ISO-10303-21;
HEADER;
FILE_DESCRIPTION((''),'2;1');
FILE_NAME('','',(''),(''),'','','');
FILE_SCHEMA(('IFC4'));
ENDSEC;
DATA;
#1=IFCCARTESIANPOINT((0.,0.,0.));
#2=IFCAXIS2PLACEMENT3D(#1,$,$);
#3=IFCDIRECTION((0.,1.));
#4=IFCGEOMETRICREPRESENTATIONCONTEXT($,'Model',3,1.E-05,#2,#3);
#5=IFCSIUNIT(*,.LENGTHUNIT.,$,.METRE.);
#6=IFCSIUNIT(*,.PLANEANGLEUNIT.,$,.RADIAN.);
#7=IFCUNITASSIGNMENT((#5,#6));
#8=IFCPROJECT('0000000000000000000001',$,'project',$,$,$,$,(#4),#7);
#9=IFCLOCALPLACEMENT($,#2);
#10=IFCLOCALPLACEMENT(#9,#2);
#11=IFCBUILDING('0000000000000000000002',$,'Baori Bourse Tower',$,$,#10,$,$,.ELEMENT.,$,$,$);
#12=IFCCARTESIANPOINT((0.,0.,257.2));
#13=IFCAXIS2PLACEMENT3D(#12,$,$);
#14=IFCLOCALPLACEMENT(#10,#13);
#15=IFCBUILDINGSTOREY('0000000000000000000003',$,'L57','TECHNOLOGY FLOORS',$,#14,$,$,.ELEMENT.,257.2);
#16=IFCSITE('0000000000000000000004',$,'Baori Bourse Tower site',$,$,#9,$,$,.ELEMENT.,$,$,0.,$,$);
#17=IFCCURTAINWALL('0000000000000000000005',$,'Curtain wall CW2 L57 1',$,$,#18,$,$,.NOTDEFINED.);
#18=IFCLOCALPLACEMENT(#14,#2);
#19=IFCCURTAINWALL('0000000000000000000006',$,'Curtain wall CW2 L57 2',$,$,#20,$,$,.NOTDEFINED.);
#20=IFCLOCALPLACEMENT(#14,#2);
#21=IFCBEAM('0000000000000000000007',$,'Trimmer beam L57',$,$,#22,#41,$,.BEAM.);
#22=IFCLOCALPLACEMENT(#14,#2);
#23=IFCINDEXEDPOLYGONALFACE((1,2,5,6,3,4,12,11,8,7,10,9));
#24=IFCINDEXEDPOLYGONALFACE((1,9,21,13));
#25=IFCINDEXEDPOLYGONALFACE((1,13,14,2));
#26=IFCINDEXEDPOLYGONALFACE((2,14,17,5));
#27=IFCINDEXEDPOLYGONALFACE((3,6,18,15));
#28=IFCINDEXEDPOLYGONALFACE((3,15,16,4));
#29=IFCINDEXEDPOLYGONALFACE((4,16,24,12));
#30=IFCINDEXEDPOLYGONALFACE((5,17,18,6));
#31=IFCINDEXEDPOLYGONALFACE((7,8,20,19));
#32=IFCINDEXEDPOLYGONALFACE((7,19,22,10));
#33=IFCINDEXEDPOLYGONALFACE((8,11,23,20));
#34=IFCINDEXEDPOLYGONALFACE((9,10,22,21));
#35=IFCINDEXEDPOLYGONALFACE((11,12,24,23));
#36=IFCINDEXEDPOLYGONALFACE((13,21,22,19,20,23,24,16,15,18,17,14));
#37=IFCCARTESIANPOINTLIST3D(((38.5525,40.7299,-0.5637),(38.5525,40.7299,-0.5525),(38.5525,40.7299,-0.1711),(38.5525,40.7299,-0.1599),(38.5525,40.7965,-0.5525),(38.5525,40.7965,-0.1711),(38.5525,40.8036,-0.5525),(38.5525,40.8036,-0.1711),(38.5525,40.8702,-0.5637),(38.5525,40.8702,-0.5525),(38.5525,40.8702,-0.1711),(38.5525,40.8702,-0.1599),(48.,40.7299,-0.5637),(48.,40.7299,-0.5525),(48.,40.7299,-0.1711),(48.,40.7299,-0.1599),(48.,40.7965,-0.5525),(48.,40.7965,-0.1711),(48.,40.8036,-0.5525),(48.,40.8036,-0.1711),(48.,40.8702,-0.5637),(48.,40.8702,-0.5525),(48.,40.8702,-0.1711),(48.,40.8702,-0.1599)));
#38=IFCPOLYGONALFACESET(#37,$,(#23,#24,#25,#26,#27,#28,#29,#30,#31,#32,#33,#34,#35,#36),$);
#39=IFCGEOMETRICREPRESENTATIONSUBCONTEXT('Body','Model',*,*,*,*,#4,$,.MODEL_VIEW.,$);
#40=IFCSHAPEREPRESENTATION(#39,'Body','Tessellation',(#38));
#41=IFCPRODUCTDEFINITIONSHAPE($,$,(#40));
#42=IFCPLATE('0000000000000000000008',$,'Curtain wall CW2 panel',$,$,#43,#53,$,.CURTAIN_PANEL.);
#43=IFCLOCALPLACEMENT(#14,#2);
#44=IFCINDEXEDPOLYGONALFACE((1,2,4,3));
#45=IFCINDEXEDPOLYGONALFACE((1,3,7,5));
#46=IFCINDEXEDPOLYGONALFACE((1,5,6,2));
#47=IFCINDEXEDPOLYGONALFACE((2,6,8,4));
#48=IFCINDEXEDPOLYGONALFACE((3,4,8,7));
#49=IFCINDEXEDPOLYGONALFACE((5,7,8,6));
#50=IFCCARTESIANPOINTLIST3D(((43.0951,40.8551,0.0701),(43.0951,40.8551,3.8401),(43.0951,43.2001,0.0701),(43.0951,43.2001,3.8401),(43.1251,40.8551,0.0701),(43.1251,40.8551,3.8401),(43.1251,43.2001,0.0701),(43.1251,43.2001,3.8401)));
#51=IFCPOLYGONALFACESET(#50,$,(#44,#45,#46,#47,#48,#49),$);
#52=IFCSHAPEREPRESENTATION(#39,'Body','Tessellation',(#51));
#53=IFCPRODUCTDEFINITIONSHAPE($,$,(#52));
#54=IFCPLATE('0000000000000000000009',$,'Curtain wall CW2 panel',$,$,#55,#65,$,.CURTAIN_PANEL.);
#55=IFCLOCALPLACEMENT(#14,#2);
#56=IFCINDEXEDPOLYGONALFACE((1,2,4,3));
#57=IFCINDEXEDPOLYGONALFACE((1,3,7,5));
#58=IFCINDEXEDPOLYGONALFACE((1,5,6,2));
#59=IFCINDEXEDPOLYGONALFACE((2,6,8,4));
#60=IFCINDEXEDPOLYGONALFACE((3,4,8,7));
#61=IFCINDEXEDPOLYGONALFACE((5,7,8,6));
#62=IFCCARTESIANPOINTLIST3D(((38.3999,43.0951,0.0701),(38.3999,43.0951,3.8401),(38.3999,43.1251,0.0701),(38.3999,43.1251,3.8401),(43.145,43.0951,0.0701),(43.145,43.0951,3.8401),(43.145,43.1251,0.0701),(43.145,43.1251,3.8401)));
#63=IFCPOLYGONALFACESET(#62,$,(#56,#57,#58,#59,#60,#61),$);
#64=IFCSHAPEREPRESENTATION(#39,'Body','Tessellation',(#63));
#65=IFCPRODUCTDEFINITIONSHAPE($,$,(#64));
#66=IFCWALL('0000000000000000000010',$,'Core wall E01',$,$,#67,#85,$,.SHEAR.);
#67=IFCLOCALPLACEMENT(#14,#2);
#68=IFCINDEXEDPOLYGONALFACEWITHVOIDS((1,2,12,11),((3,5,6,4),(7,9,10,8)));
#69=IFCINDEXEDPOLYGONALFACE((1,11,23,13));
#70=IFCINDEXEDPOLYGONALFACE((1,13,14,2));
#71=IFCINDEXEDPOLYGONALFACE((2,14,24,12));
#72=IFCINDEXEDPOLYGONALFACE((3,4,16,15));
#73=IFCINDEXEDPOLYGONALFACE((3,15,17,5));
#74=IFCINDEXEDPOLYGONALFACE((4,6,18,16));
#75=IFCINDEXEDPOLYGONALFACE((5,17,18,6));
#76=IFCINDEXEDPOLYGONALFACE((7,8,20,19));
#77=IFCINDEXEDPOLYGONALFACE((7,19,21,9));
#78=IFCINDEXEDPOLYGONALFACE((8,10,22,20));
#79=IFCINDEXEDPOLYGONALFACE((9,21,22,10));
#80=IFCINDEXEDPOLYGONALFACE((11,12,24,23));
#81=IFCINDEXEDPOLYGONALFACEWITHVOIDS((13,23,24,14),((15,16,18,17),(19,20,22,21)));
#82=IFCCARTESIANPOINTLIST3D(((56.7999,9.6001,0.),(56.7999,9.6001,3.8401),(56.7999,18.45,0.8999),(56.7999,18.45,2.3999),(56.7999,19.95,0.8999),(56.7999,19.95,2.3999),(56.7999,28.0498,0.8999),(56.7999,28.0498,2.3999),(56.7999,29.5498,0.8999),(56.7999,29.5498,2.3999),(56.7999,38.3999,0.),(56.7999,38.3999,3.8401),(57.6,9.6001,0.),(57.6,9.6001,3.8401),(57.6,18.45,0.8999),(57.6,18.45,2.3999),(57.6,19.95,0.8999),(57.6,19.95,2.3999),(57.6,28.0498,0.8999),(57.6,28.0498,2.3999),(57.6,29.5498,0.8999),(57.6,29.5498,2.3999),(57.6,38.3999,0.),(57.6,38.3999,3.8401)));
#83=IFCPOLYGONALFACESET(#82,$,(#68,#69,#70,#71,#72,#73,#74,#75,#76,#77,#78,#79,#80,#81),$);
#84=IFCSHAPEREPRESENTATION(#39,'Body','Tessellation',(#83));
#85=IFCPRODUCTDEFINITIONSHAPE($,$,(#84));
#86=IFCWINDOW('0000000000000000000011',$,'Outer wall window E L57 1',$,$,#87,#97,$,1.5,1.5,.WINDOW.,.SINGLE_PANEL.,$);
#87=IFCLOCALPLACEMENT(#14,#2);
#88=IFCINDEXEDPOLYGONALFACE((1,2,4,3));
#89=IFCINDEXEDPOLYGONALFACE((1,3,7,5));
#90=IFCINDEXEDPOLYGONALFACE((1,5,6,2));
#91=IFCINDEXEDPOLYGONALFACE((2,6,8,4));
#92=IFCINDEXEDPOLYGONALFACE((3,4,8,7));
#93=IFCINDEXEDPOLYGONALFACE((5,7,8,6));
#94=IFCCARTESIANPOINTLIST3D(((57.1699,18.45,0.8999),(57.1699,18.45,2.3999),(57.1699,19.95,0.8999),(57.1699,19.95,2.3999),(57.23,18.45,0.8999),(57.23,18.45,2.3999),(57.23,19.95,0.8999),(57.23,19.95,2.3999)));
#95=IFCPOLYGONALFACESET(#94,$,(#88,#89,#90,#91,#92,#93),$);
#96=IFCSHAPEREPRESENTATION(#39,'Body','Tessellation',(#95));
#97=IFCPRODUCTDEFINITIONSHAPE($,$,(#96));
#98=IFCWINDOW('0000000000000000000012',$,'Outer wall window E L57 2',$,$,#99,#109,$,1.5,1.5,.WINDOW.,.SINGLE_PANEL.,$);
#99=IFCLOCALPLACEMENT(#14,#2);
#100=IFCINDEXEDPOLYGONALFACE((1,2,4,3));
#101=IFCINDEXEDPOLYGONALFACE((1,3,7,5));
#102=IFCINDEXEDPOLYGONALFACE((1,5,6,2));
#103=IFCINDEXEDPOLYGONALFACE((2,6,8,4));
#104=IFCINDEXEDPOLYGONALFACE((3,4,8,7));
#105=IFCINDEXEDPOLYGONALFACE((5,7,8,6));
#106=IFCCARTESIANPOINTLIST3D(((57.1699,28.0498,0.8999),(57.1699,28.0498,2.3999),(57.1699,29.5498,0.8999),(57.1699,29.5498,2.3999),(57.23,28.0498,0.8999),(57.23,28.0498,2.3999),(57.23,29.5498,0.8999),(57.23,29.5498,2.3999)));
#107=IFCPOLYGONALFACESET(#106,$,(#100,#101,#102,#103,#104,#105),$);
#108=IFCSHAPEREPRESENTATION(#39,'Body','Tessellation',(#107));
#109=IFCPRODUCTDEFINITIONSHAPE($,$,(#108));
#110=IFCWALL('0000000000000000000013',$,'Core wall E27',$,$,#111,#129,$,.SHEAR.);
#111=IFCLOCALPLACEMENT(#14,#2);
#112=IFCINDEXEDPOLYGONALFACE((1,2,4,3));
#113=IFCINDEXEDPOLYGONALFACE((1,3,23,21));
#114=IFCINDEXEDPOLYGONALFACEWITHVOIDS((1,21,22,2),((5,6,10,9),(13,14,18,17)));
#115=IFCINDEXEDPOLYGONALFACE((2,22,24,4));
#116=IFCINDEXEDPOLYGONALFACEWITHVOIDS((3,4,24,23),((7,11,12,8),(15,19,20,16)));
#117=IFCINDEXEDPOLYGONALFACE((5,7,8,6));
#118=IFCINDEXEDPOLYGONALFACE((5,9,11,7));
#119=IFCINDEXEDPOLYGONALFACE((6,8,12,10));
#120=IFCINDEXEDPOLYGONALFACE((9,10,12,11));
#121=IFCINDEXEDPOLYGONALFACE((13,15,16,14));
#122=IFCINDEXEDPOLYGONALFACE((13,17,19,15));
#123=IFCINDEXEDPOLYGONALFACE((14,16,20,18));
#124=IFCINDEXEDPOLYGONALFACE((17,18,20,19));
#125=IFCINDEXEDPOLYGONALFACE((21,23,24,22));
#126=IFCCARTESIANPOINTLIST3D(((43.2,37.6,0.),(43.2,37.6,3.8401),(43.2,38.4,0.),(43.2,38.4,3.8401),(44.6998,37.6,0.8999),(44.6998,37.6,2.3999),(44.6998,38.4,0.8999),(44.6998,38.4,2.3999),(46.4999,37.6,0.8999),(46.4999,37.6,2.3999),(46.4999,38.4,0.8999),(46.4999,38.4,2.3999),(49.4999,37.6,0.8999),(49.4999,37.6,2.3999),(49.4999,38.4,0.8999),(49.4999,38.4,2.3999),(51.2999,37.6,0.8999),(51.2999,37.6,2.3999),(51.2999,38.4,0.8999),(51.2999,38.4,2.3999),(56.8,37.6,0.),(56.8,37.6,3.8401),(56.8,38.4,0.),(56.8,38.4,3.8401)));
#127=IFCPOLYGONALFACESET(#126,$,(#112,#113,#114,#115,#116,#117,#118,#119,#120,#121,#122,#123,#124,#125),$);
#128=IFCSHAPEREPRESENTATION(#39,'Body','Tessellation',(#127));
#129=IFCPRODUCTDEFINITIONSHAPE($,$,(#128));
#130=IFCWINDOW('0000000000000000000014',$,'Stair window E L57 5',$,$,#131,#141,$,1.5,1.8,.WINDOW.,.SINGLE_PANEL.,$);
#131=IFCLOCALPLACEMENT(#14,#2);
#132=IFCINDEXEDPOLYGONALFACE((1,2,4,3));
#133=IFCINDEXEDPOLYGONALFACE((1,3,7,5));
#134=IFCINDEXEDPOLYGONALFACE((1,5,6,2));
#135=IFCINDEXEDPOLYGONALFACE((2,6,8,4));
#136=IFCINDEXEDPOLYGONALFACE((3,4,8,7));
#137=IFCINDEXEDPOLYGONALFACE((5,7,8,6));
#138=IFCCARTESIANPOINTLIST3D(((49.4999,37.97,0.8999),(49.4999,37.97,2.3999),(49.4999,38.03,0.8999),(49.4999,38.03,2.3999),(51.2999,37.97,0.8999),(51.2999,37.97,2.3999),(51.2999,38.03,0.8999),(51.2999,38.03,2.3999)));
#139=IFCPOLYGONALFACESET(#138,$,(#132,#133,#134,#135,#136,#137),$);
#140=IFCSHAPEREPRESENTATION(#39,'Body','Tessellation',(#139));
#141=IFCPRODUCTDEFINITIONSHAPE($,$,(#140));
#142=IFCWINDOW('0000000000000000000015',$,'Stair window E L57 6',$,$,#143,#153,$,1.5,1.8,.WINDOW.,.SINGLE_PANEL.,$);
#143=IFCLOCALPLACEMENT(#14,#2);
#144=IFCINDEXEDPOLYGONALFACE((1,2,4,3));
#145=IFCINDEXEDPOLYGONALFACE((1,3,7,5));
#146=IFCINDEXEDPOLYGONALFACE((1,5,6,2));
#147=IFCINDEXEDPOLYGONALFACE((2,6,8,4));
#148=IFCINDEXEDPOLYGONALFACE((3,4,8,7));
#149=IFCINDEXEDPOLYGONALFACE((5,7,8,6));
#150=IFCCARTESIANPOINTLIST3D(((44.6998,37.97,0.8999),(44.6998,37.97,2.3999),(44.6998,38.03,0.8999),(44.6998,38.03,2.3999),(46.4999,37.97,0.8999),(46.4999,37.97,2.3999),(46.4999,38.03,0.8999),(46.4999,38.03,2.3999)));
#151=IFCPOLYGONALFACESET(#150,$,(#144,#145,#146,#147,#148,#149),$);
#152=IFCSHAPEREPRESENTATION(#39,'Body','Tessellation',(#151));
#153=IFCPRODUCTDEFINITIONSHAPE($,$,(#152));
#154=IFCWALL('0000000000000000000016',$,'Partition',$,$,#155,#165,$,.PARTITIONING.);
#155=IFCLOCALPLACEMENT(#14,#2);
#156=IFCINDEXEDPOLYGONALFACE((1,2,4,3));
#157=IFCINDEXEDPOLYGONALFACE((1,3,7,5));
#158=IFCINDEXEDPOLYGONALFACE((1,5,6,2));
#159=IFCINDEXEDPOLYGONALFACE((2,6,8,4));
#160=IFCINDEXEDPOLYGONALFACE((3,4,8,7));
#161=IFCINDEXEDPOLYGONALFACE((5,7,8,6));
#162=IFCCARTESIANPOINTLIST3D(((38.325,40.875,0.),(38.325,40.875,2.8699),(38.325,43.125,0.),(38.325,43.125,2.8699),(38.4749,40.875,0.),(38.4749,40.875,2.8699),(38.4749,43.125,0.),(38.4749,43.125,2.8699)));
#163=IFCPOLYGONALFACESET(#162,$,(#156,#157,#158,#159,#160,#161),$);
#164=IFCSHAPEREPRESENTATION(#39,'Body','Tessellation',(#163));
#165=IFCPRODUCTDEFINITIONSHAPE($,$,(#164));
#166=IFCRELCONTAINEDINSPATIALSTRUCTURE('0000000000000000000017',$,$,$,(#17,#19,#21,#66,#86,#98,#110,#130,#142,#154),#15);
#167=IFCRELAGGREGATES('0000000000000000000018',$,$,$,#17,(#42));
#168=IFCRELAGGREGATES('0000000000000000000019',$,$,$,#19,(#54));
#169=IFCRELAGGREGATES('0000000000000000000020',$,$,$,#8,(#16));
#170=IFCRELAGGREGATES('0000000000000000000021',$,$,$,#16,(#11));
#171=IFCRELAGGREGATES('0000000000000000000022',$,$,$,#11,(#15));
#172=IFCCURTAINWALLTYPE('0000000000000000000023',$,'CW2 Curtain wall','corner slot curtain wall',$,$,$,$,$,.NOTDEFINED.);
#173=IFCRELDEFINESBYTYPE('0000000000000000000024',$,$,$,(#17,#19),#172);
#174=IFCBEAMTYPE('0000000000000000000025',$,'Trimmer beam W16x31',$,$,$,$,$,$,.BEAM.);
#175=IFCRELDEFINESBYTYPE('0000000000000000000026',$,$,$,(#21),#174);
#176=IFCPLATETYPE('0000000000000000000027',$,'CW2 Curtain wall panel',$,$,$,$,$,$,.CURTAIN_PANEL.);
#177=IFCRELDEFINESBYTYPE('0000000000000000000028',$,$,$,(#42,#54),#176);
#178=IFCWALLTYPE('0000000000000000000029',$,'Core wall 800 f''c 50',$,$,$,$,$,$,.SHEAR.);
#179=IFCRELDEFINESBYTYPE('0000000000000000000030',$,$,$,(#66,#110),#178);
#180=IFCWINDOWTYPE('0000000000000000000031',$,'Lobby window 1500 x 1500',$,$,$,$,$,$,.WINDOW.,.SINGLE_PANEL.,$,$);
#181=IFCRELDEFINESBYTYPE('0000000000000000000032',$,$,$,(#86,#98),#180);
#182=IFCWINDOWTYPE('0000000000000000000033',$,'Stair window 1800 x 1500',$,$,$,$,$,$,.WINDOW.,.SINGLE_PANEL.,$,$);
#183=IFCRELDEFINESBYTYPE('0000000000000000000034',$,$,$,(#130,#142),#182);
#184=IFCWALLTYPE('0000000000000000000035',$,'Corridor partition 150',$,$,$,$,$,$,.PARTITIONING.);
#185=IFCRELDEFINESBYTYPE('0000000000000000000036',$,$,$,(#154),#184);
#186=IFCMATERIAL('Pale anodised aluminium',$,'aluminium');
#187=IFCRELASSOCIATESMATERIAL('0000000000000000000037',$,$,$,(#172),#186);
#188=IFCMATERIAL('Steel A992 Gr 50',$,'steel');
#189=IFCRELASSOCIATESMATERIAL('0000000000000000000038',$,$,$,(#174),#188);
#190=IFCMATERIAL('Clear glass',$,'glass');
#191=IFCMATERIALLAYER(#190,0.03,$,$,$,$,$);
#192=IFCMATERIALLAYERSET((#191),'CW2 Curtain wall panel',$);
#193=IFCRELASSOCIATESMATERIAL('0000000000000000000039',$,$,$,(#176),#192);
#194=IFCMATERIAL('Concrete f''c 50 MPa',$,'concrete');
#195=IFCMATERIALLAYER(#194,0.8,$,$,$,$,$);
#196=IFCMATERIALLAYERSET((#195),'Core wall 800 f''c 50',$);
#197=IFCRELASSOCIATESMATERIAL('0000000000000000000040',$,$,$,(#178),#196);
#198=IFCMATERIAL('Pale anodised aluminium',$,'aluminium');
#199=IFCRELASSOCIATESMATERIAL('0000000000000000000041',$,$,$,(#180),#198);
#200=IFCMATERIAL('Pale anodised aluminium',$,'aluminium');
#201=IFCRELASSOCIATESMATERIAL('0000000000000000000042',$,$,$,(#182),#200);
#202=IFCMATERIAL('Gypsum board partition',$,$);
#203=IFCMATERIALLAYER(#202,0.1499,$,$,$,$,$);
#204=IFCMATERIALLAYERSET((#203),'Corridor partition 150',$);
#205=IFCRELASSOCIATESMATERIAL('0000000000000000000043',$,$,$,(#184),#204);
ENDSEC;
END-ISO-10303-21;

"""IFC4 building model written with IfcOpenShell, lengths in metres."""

from ifc_helpers import new_model, si_unit, direction, frame, frame_2d, origin, origin_2d, place, context, subcontext, project, spatial, rectangle, i_section, extrude, material, layer, layer_set, material_profile, profile_set, type_object, element, fill, aggregate, save


model = new_model("IFC4")

# Units and contexts
model_context = context("Model", 3, precision=1e-05, world=origin(), true_north=direction((0.0, 1.0)))
body_context = subcontext(model_context, "Body", "Model", "MODEL_VIEW")
ifc_project = project(units=[si_unit("LENGTHUNIT", "METRE"), si_unit("PLANEANGLEUNIT", "RADIAN")], contexts=[model_context])

# Site, building, storey
site_placement = place(None, origin())
site = spatial("IfcSite", under=ifc_project, at=site_placement, Name="Baori Bourse Tower site", CompositionType="ELEMENT", RefElevation=0.0)
building_placement = place(site_placement, origin())
building = spatial("IfcBuilding", under=site, at=building_placement, Name="Baori Bourse Tower", CompositionType="ELEMENT")
storey_placement = place(building_placement, frame((0.0, 0.0, 257.2)))
storey = spatial("IfcBuildingStorey", under=building, at=storey_placement, Name="L57", Description="TECHNOLOGY FLOORS", CompositionType="ELEMENT", Elevation=257.2)

# Curtain walls
ifc_material_1 = material(Name="Pale anodised aluminium", Category="aluminium")
curtain_wall_type = type_object("IfcCurtainWallType", Name="CW2 Curtain wall", Description="corner slot curtain wall", PredefinedType="NOTDEFINED", material=ifc_material_1)
curtain_wall_1_placement = place(storey_placement, origin())
curtain_wall_1 = element("IfcCurtainWall", 1, at=curtain_wall_1_placement, inside=storey, type_object=curtain_wall_type, Name="Curtain wall CW2 L57 1", PredefinedType="NOTDEFINED")
curtain_wall_2_placement = place(storey_placement, origin())
curtain_wall_2 = element("IfcCurtainWall", 2, at=curtain_wall_2_placement, inside=storey, type_object=curtain_wall_type, Name="Curtain wall CW2 L57 2", PredefinedType="NOTDEFINED")

# Beam
ifc_material_2 = material(Name="Steel A992 Gr 50", Category="steel")
ifc_material_profile_1 = material_profile(ifc_material_2, i_section(OverallWidth=0.1404, OverallDepth=0.4038, WebThickness=0.0071, FlangeThickness=0.0112, at=origin_2d()), Name="W16x31")
ifc_profile_set_1 = profile_set([ifc_material_profile_1], Name="Steel A992 Gr 50")
beam_type_1 = type_object("IfcBeamType", Name="Trimmer beam W16x31", PredefinedType="BEAM", material=ifc_profile_set_1)
beam_1_placement = place(storey_placement, frame((38.5525, 40.8, -0.3618), z_axis=(1.0, 0.0, 0.0), x_axis=(0.0, 1.0, 0.0)))
element("IfcBeam", 3, at=beam_1_placement, inside=storey, type_object=beam_type_1, Name="Trimmer beam L57", PredefinedType="BEAM", context=body_context, shape_type="SweptSolid", body=[
    extrude(i_section(OverallWidth=0.1404, OverallDepth=0.4038, WebThickness=0.0071, FlangeThickness=0.0112, at=origin_2d()), origin(), (0.0, 0.0, 1.0), 9.4475),
])

# Plates
ifc_material_3 = material(Name="Clear glass", Category="glass")
ifc_layer_1 = layer(ifc_material_3, 0.03)
ifc_layer_set_1 = layer_set([ifc_layer_1], Name="CW2 Curtain wall panel")
plate_type = type_object("IfcPlateType", Name="CW2 Curtain wall panel", PredefinedType="CURTAIN_PANEL", material=ifc_layer_set_1)
plate_1_placement = place(storey_placement, frame((43.1101, 42.0276, 0.0701), z_axis=(0.0, 0.0, 1.0), x_axis=(0.0, 1.0, 0.0)))
plate_1 = element("IfcPlate", 4, at=plate_1_placement, type_object=plate_type, Name="Curtain wall CW2 panel", PredefinedType="CURTAIN_PANEL", context=body_context, shape_type="SweptSolid", body=[
    extrude(rectangle(XDim=2.345, YDim=0.03, at=origin_2d()), origin(), (0.0, 0.0, 1.0), 3.77),
])
aggregate(curtain_wall_1, [plate_1])
plate_2_placement = place(storey_placement, frame((40.7725, 43.1101, 0.0701), z_axis=(0.0, 0.0, 1.0), x_axis=(-1.0, 0.0, 0.0)))
plate_2 = element("IfcPlate", 5, at=plate_2_placement, type_object=plate_type, Name="Curtain wall CW2 panel", PredefinedType="CURTAIN_PANEL", context=body_context, shape_type="SweptSolid", body=[
    extrude(rectangle(XDim=4.7451, YDim=0.03, at=origin_2d()), origin(), (0.0, 0.0, 1.0), 3.77),
])
aggregate(curtain_wall_2, [plate_2])

# Walls, openings, windows
ifc_material_4 = material(Name="Concrete f'c 50 MPa", Category="concrete")
ifc_layer_2 = layer(ifc_material_4, 0.8)
ifc_layer_set_2 = layer_set([ifc_layer_2], Name="Core wall 800 f'c 50")
wall_type_1 = type_object("IfcWallType", Name="Core wall 800 f'c 50", PredefinedType="SHEAR", material=ifc_layer_set_2)
wall_1_placement = place(storey_placement, frame((57.2, 38.3999, 0.0), z_axis=(0.0, 0.0, 1.0), x_axis=(0.0, -1.0, 0.0)))
wall_1 = element("IfcWall", 6, at=wall_1_placement, inside=storey, type_object=wall_type_1, Name="Core wall E01", PredefinedType="SHEAR", context=body_context, shape_type="SweptSolid", body=[
    extrude(rectangle(XDim=28.7998, YDim=0.8, at=frame_2d((14.3999, 0.0))), origin(), (0.0, 0.0, 1.0), 3.8401),
])
opening_1_placement = place(wall_1_placement, frame((18.45, 0.0, 0.8999)))
opening_1 = element("IfcOpeningElement", 7, at=opening_1_placement, cuts=wall_1, PredefinedType="OPENING", context=body_context, shape_type="SweptSolid", body=[
    extrude(rectangle(XDim=1.5, YDim=1.5, at=frame_2d((0.75, 0.75))), frame((0.0, 0.4099, 0.0), z_axis=(0.0, -1.0, 0.0), x_axis=(1.0, 0.0, 0.0)), (0.0, 0.0, 1.0), 0.8201),
])
opening_2_placement = place(wall_1_placement, frame((8.8501, 0.0, 0.8999)))
opening_2 = element("IfcOpeningElement", 8, at=opening_2_placement, cuts=wall_1, PredefinedType="OPENING", context=body_context, shape_type="SweptSolid", body=[
    extrude(rectangle(XDim=1.5, YDim=1.5, at=frame_2d((0.75, 0.75))), frame((0.0, 0.4099, 0.0), z_axis=(0.0, -1.0, 0.0), x_axis=(1.0, 0.0, 0.0)), (0.0, 0.0, 1.0), 0.8201),
])
ifc_material_5 = material(Name="Pale anodised aluminium", Category="aluminium")
window_type_1 = type_object("IfcWindowType", Name="Lobby window 1500 x 1500", PartitioningType="SINGLE_PANEL", PredefinedType="WINDOW", material=ifc_material_5)
window_1_placement = place(opening_1_placement, origin())
window_1 = element("IfcWindow", 9, at=window_1_placement, inside=storey, type_object=window_type_1, Name="Outer wall window E L57 1", OverallHeight=1.5, OverallWidth=1.5, PartitioningType="SINGLE_PANEL", PredefinedType="WINDOW", context=body_context, shape_type="SweptSolid", body=[
    extrude(rectangle(XDim=1.5, YDim=1.5, at=frame_2d((0.75, 0.75))), frame((0.0, 0.03, 0.0), z_axis=(0.0, -1.0, 0.0), x_axis=(1.0, 0.0, 0.0)), (0.0, 0.0, 1.0), 0.0601),
])
fill(opening_1, window_1)
window_2_placement = place(opening_2_placement, origin())
window_2 = element("IfcWindow", 10, at=window_2_placement, inside=storey, type_object=window_type_1, Name="Outer wall window E L57 2", OverallHeight=1.5, OverallWidth=1.5, PartitioningType="SINGLE_PANEL", PredefinedType="WINDOW", context=body_context, shape_type="SweptSolid", body=[
    extrude(rectangle(XDim=1.5, YDim=1.5, at=frame_2d((0.75, 0.75))), frame((0.0, 0.03, 0.0), z_axis=(0.0, -1.0, 0.0), x_axis=(1.0, 0.0, 0.0)), (0.0, 0.0, 1.0), 0.0601),
])
fill(opening_2, window_2)
wall_2_placement = place(storey_placement, frame((43.2, 38.0, 0.0), z_axis=(0.0, 0.0, 1.0), x_axis=(1.0, 0.0, 0.0)))
wall_2 = element("IfcWall", 11, at=wall_2_placement, inside=storey, type_object=wall_type_1, Name="Core wall E27", PredefinedType="SHEAR", context=body_context, shape_type="SweptSolid", body=[
    extrude(rectangle(XDim=13.6001, YDim=0.8, at=frame_2d((6.8, 0.0))), origin(), (0.0, 0.0, 1.0), 3.8401),
])
opening_3_placement = place(wall_2_placement, frame((6.3, 0.0, 0.8999)))
opening_3 = element("IfcOpeningElement", 12, at=opening_3_placement, cuts=wall_2, PredefinedType="OPENING", context=body_context, shape_type="SweptSolid", body=[
    extrude(rectangle(XDim=1.8, YDim=1.5, at=frame_2d((0.8999, 0.75))), frame((0.0, 0.4099, 0.0), z_axis=(0.0, -1.0, 0.0), x_axis=(1.0, 0.0, 0.0)), (0.0, 0.0, 1.0), 0.8201),
])
opening_4_placement = place(wall_2_placement, frame((1.5, 0.0, 0.8999)))
opening_4 = element("IfcOpeningElement", 13, at=opening_4_placement, cuts=wall_2, PredefinedType="OPENING", context=body_context, shape_type="SweptSolid", body=[
    extrude(rectangle(XDim=1.8, YDim=1.5, at=frame_2d((0.8999, 0.75))), frame((0.0, 0.4099, 0.0), z_axis=(0.0, -1.0, 0.0), x_axis=(1.0, 0.0, 0.0)), (0.0, 0.0, 1.0), 0.8201),
])
ifc_material_6 = material(Name="Pale anodised aluminium", Category="aluminium")
window_type_2 = type_object("IfcWindowType", Name="Stair window 1800 x 1500", PartitioningType="SINGLE_PANEL", PredefinedType="WINDOW", material=ifc_material_6)
window_3_placement = place(opening_3_placement, origin())
window_3 = element("IfcWindow", 14, at=window_3_placement, inside=storey, type_object=window_type_2, Name="Stair window E L57 5", OverallHeight=1.5, OverallWidth=1.8, PartitioningType="SINGLE_PANEL", PredefinedType="WINDOW", context=body_context, shape_type="SweptSolid", body=[
    extrude(rectangle(XDim=1.8, YDim=1.5, at=frame_2d((0.8999, 0.75))), frame((0.0, 0.03, 0.0), z_axis=(0.0, -1.0, 0.0), x_axis=(1.0, 0.0, 0.0)), (0.0, 0.0, 1.0), 0.0601),
])
fill(opening_3, window_3)
window_4_placement = place(opening_4_placement, origin())
window_4 = element("IfcWindow", 15, at=window_4_placement, inside=storey, type_object=window_type_2, Name="Stair window E L57 6", OverallHeight=1.5, OverallWidth=1.8, PartitioningType="SINGLE_PANEL", PredefinedType="WINDOW", context=body_context, shape_type="SweptSolid", body=[
    extrude(rectangle(XDim=1.8, YDim=1.5, at=frame_2d((0.8999, 0.75))), frame((0.0, 0.03, 0.0), z_axis=(0.0, -1.0, 0.0), x_axis=(1.0, 0.0, 0.0)), (0.0, 0.0, 1.0), 0.0601),
])
fill(opening_4, window_4)

# Wall
ifc_material_7 = material(Name="Gypsum board partition")
ifc_layer_3 = layer(ifc_material_7, 0.1499)
ifc_layer_set_3 = layer_set([ifc_layer_3], Name="Corridor partition 150")
wall_type_2 = type_object("IfcWallType", Name="Corridor partition 150", PredefinedType="PARTITIONING", material=ifc_layer_set_3)
wall_3_placement = place(storey_placement, frame((38.3999, 40.875, 0.0), z_axis=(0.0, 0.0, 1.0), x_axis=(0.0, 1.0, 0.0)))
element("IfcWall", 16, at=wall_3_placement, inside=storey, type_object=wall_type_2, Name="Partition", PredefinedType="PARTITIONING", context=body_context, shape_type="SweptSolid", body=[
    extrude(rectangle(XDim=2.25, YDim=0.1499, at=frame_2d((1.125, 0.0))), origin(), (0.0, 0.0, 1.0), 2.8699),
])

save(model, "model.ifc")
